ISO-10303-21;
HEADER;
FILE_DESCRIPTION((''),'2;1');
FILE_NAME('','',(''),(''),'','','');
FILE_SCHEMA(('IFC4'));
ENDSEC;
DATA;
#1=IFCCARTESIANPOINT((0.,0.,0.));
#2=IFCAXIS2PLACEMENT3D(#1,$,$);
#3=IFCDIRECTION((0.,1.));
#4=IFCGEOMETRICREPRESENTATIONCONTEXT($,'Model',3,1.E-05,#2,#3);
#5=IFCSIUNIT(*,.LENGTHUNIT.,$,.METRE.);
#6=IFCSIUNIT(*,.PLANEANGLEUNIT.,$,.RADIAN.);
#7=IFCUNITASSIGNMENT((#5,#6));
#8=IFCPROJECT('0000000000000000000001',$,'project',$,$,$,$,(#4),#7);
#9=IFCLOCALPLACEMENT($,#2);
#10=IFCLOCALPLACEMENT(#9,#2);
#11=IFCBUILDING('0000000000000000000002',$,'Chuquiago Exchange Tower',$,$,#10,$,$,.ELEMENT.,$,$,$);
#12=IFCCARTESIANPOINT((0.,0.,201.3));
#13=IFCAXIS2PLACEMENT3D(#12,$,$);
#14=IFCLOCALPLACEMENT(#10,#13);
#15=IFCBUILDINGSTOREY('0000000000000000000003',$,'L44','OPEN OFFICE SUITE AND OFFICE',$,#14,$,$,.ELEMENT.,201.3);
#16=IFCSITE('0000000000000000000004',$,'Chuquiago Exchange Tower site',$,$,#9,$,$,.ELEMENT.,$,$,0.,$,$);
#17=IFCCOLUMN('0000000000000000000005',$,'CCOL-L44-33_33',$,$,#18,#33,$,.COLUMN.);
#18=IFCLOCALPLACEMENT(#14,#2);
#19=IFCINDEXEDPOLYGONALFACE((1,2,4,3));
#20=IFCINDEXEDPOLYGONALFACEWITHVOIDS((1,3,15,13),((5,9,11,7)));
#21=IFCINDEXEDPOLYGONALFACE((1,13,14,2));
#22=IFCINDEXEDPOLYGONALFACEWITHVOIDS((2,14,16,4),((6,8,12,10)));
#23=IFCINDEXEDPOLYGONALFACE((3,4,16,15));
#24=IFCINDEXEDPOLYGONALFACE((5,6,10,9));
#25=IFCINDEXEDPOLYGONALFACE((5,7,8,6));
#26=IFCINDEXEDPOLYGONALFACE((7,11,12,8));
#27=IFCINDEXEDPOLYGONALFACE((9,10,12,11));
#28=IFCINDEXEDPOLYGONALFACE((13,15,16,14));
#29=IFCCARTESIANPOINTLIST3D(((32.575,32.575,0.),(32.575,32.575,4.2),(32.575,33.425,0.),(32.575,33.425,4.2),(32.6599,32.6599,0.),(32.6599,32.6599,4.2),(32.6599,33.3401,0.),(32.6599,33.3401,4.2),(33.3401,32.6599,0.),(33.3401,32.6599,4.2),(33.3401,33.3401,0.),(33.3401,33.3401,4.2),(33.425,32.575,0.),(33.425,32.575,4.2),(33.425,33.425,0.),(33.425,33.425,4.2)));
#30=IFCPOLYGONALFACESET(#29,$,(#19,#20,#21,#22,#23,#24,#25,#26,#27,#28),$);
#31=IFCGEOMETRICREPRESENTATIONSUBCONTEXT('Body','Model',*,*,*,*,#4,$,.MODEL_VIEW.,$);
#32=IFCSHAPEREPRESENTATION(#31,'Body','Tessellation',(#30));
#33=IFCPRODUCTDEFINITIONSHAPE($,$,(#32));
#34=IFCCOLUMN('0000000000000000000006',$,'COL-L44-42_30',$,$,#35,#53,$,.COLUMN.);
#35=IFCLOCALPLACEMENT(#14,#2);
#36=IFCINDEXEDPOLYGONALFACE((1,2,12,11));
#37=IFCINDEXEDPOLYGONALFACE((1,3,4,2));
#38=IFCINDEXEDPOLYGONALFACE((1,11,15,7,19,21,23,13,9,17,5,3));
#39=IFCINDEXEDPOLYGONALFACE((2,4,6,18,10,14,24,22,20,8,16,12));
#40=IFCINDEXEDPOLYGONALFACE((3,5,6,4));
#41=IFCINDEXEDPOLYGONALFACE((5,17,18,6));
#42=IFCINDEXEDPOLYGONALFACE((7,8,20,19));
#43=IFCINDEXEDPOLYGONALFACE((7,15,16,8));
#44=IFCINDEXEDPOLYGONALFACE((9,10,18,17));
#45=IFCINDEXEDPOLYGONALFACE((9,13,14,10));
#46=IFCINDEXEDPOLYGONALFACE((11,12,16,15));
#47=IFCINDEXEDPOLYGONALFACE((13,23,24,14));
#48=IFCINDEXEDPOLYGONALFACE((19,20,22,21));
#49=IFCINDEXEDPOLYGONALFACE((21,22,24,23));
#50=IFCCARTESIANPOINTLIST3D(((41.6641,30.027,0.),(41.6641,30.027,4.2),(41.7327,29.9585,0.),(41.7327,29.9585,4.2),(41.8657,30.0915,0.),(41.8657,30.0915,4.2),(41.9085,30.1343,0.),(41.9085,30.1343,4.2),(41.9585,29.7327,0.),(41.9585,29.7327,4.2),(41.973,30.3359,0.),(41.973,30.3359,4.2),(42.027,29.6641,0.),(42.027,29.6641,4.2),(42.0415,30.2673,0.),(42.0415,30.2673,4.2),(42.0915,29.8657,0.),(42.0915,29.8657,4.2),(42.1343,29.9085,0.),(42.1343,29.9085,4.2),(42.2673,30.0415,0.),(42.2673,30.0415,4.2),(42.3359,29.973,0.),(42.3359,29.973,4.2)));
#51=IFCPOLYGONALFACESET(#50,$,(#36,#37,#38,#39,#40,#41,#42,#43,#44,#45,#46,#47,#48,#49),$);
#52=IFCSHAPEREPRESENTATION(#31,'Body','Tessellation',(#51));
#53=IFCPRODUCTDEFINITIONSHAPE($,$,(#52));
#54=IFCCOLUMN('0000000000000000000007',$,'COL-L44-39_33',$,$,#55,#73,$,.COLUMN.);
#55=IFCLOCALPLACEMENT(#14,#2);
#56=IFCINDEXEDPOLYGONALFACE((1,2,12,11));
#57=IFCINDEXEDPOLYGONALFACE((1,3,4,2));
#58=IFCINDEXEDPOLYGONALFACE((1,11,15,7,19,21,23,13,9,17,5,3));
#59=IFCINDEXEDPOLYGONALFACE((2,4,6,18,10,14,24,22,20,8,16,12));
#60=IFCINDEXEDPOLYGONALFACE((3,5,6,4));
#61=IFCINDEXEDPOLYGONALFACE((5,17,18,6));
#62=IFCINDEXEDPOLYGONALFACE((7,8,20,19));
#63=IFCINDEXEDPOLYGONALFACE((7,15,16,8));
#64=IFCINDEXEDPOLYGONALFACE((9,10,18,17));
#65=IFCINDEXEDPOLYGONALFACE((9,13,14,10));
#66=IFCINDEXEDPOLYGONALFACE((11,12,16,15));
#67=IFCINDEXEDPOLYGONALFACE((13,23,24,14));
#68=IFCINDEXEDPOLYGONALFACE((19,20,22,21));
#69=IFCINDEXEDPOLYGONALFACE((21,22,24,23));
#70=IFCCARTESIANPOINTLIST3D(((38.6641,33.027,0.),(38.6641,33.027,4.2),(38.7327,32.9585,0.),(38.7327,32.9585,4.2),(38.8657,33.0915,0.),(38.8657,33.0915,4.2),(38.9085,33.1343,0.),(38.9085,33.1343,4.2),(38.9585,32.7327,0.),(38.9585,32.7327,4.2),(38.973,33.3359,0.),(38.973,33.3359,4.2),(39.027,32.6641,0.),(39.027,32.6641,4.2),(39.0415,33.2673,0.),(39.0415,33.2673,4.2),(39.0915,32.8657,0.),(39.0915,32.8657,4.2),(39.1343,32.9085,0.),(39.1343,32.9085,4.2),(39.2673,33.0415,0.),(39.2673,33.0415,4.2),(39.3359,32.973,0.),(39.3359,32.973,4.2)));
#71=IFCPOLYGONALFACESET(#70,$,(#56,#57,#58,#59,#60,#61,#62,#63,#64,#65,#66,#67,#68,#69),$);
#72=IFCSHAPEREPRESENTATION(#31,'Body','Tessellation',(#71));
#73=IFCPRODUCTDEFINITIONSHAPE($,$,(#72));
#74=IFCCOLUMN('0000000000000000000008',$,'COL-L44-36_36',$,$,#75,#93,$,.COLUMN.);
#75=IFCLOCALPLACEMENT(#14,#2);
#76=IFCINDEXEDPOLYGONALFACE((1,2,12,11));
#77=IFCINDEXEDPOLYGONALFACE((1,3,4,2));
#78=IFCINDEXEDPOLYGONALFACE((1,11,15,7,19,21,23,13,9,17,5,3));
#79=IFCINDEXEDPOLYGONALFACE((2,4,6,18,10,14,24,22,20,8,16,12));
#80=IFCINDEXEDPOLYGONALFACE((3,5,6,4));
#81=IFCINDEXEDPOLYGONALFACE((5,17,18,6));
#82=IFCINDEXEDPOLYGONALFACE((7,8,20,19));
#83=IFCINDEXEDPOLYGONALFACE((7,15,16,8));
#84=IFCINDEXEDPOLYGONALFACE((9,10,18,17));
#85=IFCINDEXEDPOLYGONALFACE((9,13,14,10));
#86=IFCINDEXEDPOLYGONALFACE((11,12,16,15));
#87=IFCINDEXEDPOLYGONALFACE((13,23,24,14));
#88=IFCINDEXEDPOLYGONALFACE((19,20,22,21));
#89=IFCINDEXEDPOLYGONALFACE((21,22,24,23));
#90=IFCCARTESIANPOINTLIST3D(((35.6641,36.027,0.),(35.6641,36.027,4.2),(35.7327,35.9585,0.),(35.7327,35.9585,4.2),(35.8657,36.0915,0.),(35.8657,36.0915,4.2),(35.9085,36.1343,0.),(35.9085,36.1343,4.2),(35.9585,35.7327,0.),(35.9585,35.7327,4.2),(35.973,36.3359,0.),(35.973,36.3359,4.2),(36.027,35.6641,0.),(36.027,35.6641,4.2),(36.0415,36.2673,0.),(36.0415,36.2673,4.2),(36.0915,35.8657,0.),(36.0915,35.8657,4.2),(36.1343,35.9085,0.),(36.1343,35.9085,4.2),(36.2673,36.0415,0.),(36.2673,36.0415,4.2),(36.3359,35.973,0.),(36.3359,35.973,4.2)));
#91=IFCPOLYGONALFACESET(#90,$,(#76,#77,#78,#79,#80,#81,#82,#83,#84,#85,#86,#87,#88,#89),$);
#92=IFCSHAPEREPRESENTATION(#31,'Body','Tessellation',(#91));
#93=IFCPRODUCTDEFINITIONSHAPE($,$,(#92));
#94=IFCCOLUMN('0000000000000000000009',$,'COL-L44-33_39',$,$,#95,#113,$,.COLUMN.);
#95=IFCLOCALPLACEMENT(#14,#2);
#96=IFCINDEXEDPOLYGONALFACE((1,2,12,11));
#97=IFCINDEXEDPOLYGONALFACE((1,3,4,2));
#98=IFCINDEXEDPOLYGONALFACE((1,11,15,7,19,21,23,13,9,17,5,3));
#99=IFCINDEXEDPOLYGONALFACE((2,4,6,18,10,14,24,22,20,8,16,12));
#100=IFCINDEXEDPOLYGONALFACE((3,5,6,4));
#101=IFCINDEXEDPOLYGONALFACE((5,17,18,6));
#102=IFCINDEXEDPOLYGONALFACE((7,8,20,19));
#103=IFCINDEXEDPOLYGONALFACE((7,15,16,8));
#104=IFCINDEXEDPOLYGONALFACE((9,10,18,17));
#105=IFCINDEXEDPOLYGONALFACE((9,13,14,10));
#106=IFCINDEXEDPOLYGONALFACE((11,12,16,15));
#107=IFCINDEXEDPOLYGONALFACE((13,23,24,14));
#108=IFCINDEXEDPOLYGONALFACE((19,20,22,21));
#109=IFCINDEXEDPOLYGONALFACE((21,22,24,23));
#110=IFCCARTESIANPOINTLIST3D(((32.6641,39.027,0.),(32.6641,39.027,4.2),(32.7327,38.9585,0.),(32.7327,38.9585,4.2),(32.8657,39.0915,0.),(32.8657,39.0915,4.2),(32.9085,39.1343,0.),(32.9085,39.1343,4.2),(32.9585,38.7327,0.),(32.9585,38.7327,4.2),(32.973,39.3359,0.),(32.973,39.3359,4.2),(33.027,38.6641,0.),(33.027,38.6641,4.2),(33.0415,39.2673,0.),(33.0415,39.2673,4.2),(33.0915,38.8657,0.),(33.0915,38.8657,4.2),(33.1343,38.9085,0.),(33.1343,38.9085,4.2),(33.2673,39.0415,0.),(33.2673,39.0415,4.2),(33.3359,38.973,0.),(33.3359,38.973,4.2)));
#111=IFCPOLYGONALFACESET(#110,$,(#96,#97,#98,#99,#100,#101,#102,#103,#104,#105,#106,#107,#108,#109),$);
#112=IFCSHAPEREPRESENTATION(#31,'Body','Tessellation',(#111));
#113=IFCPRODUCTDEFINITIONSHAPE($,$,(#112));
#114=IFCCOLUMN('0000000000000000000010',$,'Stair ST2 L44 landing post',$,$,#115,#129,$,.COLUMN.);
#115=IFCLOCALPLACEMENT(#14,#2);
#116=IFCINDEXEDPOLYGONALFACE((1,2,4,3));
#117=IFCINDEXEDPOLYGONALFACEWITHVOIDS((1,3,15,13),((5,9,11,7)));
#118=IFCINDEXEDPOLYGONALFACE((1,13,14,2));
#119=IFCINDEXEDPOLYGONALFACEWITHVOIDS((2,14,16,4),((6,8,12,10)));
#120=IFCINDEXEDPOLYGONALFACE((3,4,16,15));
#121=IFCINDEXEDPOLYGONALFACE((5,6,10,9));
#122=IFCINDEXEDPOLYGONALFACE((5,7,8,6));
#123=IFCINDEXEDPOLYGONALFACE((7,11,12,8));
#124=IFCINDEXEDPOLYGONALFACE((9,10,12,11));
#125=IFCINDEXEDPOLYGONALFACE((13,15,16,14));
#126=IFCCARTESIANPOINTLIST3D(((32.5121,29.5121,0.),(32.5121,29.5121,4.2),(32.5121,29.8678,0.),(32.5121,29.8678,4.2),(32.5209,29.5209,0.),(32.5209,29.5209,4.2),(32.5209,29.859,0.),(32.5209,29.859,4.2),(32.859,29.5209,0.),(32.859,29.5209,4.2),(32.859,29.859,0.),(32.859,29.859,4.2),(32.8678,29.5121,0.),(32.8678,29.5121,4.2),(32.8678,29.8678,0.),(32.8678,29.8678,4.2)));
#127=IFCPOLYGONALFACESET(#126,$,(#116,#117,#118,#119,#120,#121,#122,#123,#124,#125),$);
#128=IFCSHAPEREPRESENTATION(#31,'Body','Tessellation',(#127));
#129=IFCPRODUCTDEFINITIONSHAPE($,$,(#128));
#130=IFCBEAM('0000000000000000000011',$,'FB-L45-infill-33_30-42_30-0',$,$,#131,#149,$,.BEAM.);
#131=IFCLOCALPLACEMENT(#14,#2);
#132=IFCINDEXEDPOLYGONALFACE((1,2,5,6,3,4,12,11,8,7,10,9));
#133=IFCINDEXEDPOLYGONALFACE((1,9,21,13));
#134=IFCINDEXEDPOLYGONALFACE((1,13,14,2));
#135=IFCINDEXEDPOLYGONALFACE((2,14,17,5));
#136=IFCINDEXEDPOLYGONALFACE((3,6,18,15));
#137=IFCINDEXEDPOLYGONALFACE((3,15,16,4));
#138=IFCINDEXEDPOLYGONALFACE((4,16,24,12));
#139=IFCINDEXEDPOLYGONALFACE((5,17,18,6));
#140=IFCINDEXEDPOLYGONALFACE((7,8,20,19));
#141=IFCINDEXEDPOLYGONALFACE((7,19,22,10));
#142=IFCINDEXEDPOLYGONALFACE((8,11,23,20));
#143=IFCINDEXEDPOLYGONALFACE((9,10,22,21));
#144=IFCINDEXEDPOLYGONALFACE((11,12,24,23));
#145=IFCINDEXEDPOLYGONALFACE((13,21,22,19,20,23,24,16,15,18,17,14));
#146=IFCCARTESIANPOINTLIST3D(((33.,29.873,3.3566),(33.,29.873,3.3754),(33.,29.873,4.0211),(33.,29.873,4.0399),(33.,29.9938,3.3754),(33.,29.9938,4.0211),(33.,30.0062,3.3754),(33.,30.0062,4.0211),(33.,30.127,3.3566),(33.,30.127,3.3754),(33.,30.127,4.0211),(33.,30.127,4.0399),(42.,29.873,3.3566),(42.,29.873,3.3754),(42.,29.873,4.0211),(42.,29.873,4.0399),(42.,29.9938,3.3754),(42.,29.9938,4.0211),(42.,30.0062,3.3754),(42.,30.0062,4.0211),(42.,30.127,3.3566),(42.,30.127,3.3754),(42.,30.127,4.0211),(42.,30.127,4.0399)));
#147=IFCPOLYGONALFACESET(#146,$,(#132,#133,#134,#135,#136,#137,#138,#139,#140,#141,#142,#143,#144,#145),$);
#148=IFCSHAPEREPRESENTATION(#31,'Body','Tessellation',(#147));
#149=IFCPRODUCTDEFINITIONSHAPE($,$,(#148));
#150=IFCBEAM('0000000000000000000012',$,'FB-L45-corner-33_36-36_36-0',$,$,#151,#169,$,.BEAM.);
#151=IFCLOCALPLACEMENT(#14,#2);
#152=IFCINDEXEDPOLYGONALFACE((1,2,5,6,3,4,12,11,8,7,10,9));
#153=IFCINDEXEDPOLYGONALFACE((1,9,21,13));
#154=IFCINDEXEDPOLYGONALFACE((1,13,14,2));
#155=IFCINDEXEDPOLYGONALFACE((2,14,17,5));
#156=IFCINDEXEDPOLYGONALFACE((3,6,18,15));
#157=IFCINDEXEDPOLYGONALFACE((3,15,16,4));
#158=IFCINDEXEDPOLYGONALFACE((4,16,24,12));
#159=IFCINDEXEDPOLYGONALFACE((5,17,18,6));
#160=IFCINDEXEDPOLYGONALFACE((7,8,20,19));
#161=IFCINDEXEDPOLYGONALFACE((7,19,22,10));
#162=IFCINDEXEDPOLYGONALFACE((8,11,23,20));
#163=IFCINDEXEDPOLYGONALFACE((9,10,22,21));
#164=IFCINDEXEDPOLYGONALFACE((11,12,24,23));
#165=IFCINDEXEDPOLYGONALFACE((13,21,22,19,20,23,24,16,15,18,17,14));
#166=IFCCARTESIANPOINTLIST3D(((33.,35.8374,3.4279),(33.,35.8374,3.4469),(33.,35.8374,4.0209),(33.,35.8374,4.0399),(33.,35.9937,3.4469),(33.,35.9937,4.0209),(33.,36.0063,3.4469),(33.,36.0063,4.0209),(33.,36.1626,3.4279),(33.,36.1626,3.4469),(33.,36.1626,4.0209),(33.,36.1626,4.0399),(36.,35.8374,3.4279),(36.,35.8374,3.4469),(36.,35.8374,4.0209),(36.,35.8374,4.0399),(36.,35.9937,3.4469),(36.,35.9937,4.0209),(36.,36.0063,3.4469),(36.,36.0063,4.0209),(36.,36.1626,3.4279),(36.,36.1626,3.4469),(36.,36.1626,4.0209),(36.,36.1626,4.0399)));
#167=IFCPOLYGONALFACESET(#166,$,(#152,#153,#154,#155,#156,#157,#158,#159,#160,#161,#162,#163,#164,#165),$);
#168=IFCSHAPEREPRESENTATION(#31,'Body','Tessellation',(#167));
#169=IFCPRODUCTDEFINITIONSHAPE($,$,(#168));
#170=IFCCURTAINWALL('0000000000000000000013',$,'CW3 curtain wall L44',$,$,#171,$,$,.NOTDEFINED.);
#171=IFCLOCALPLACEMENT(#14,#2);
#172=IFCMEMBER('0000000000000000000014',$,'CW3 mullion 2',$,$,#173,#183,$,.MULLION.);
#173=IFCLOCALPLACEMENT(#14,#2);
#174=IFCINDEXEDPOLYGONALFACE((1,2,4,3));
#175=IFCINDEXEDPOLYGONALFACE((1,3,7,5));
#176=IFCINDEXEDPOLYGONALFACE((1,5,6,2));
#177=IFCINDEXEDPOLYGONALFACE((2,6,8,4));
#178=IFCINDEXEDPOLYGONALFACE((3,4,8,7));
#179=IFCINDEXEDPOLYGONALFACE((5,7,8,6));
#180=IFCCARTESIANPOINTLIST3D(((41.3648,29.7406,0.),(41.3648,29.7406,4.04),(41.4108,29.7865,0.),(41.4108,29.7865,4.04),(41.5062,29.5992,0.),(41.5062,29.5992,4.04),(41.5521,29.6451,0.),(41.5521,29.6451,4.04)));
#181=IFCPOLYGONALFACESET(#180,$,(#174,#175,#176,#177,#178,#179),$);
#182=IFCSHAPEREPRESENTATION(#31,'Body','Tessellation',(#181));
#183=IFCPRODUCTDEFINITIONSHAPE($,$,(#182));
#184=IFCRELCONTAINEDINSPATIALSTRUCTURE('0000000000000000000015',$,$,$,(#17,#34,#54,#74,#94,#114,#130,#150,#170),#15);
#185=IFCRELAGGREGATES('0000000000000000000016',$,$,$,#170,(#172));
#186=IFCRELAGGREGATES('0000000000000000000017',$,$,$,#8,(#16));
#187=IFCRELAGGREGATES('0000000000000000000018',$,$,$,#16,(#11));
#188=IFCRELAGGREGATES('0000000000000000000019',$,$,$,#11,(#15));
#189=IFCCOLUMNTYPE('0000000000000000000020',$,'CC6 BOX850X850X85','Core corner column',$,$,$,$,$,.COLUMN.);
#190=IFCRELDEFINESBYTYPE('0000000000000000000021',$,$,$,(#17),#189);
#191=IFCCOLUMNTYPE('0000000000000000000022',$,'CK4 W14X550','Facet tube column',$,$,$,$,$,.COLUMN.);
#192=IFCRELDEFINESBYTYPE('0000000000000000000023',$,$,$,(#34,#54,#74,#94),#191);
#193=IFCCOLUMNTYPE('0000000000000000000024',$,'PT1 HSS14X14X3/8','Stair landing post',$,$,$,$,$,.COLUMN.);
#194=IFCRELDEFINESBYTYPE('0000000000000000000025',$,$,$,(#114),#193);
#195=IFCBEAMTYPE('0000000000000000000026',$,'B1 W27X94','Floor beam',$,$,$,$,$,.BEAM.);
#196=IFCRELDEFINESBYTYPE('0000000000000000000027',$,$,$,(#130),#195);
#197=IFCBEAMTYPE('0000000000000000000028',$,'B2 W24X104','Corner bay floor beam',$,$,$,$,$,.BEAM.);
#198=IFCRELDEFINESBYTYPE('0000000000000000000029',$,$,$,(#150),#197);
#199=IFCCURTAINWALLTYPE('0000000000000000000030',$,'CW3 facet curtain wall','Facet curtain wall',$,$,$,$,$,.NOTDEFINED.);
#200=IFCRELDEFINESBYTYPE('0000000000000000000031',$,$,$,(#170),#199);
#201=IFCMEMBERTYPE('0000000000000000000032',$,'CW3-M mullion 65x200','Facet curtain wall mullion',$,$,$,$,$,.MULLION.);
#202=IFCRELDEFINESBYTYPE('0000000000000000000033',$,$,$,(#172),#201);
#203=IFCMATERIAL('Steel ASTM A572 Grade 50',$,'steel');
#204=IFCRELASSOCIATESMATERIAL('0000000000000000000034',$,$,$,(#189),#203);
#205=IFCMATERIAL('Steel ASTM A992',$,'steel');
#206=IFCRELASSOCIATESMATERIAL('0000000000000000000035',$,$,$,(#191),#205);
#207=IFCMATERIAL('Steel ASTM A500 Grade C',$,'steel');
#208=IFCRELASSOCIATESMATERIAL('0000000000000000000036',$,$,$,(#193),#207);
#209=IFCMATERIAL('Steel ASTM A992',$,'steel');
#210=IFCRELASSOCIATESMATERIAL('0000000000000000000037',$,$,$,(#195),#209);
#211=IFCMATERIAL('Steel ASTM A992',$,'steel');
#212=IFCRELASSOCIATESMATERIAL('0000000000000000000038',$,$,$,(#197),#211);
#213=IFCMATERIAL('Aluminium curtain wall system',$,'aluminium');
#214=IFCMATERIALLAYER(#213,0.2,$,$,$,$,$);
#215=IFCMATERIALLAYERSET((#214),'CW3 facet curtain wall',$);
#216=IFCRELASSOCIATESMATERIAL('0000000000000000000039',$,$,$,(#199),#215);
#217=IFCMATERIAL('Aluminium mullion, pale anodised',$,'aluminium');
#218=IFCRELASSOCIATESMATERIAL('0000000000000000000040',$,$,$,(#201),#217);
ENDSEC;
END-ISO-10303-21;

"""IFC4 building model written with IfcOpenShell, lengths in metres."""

from ifc_helpers import new_model, si_unit, direction, frame, origin, origin_2d, place, context, subcontext, project, spatial, rectangle, hollow_rectangle, i_section, extrude, material, layer, layer_set, material_profile, profile_set, type_object, element, aggregate, save


model = new_model("IFC4")

# Units and contexts
model_context = context("Model", 3, precision=1e-05, world=origin(), true_north=direction((0.0, 1.0)))
body_context = subcontext(model_context, "Body", "Model", "MODEL_VIEW")
ifc_project = project(units=[si_unit("LENGTHUNIT", "METRE"), si_unit("PLANEANGLEUNIT", "RADIAN")], contexts=[model_context])

# Site, building, storey
site_placement = place(None, origin())
site = spatial("IfcSite", under=ifc_project, at=site_placement, Name="Chuquiago Exchange Tower site", CompositionType="ELEMENT", RefElevation=0.0)
building_placement = place(site_placement, origin())
building = spatial("IfcBuilding", under=site, at=building_placement, Name="Chuquiago Exchange Tower", CompositionType="ELEMENT")
storey_placement = place(building_placement, frame((0.0, 0.0, 201.3)))
storey = spatial("IfcBuildingStorey", under=building, at=storey_placement, Name="L44", Description="OPEN OFFICE SUITE AND OFFICE", CompositionType="ELEMENT", Elevation=201.3)

# Columns
ifc_material_1 = material(Name="Steel ASTM A572 Grade 50", Category="steel")
ifc_material_profile_1 = material_profile(ifc_material_1, hollow_rectangle(XDim=0.8501, YDim=0.8501, WallThickness=0.085, at=origin_2d()), Name="BOX850X850X85")
ifc_profile_set_1 = profile_set([ifc_material_profile_1], Name="Steel ASTM A572 Grade 50")
column_type_1 = type_object("IfcColumnType", Name="CC6 BOX850X850X85", Description="Core corner column", PredefinedType="COLUMN", material=ifc_profile_set_1)
column_1_placement = place(storey_placement, frame((33.0, 33.0, 0.0), z_axis=(0.0, 0.0, 1.0), x_axis=(1.0, 0.0, 0.0)))
element("IfcColumn", 1, at=column_1_placement, inside=storey, type_object=column_type_1, Name="CCOL-L44-33_33", PredefinedType="COLUMN", context=body_context, shape_type="SweptSolid", body=[
    extrude(hollow_rectangle(XDim=0.8501, YDim=0.8501, WallThickness=0.085, at=origin_2d()), origin(), (0.0, 0.0, 1.0), 4.2),
])
ifc_material_2 = material(Name="Steel ASTM A992", Category="steel")
ifc_material_profile_2 = material_profile(ifc_material_2, i_section(OverallWidth=0.4368, OverallDepth=0.5132, WebThickness=0.0605, FlangeThickness=0.0969, at=origin_2d()), Name="W14X550")
ifc_profile_set_2 = profile_set([ifc_material_profile_2], Name="Steel ASTM A992")
column_type_2 = type_object("IfcColumnType", Name="CK4 W14X550", Description="Facet tube column", PredefinedType="COLUMN", material=ifc_profile_set_2)
for number, where, z_axis, x_axis, name in (
    (2, (42.0, 30.0, 0.0), (0.0, 0.0, 1.0), (0.707107, 0.707107, 0.0), "COL-L44-42_30"),
    (3, (39.0, 33.0, 0.0), (0.0, 0.0, 1.0), (0.707107, 0.707107, 0.0), "COL-L44-39_33"),
    (4, (36.0, 36.0, 0.0), (0.0, 0.0, 1.0), (0.707107, 0.707107, 0.0), "COL-L44-36_36"),
    (5, (33.0, 39.0, 0.0), (0.0, 0.0, 1.0), (0.707107, 0.707107, 0.0), "COL-L44-33_39"),
):
    element("IfcColumn", number, at=place(storey_placement, frame(where, z_axis=z_axis, x_axis=x_axis)), inside=storey, type_object=column_type_2, Name=name, PredefinedType="COLUMN", context=body_context, shape_type="SweptSolid", body=[
        extrude(i_section(OverallWidth=0.4368, OverallDepth=0.5132, WebThickness=0.0605, FlangeThickness=0.0969, at=origin_2d()), origin(), (0.0, 0.0, 1.0), 4.2),
    ])
ifc_material_3 = material(Name="Steel ASTM A500 Grade C", Category="steel")
ifc_material_profile_3 = material_profile(ifc_material_3, hollow_rectangle(XDim=0.3557, YDim=0.3557, WallThickness=0.0088, at=origin_2d()), Name="HSS14X14X3/8")
ifc_profile_set_3 = profile_set([ifc_material_profile_3], Name="Steel ASTM A500 Grade C")
column_type_3 = type_object("IfcColumnType", Name="PT1 HSS14X14X3/8", Description="Stair landing post", PredefinedType="COLUMN", material=ifc_profile_set_3)
column_2_placement = place(storey_placement, frame((32.6899, 29.6899, 0.0), z_axis=(0.0, 0.0, 1.0), x_axis=(1.0, 0.0, 0.0)))
element("IfcColumn", 6, at=column_2_placement, inside=storey, type_object=column_type_3, Name="Stair ST2 L44 landing post", PredefinedType="COLUMN", context=body_context, shape_type="SweptSolid", body=[
    extrude(hollow_rectangle(XDim=0.3557, YDim=0.3557, WallThickness=0.0088, at=origin_2d()), origin(), (0.0, 0.0, 1.0), 4.2),
])

# Beams
ifc_material_4 = material(Name="Steel ASTM A992", Category="steel")
ifc_material_profile_4 = material_profile(ifc_material_4, i_section(OverallWidth=0.2539, OverallDepth=0.6833, WebThickness=0.0125, FlangeThickness=0.0188, at=origin_2d()), Name="W27X94")
ifc_profile_set_4 = profile_set([ifc_material_profile_4], Name="Steel ASTM A992")
beam_type_1 = type_object("IfcBeamType", Name="B1 W27X94", Description="Floor beam", PredefinedType="BEAM", material=ifc_profile_set_4)
beam_1_placement = place(storey_placement, frame((33.0, 30.0, 3.6982), z_axis=(1.0, 0.0, 0.0), x_axis=(0.0, 1.0, 0.0)))
element("IfcBeam", 7, at=beam_1_placement, inside=storey, type_object=beam_type_1, Name="FB-L45-infill-33_30-42_30-0", PredefinedType="BEAM", context=body_context, shape_type="SweptSolid", body=[
    extrude(i_section(OverallWidth=0.2539, OverallDepth=0.6833, WebThickness=0.0125, FlangeThickness=0.0188, at=origin_2d()), origin(), (0.0, 0.0, 1.0), 9.0),
])
ifc_material_5 = material(Name="Steel ASTM A992", Category="steel")
ifc_material_profile_5 = material_profile(ifc_material_5, i_section(OverallWidth=0.3252, OverallDepth=0.6121, WebThickness=0.0127, FlangeThickness=0.019, at=origin_2d()), Name="W24X104")
ifc_profile_set_5 = profile_set([ifc_material_profile_5], Name="Steel ASTM A992")
beam_type_2 = type_object("IfcBeamType", Name="B2 W24X104", Description="Corner bay floor beam", PredefinedType="BEAM", material=ifc_profile_set_5)
beam_2_placement = place(storey_placement, frame((33.0, 36.0, 3.7339), z_axis=(1.0, 0.0, 0.0), x_axis=(0.0, 1.0, 0.0)))
element("IfcBeam", 8, at=beam_2_placement, inside=storey, type_object=beam_type_2, Name="FB-L45-corner-33_36-36_36-0", PredefinedType="BEAM", context=body_context, shape_type="SweptSolid", body=[
    extrude(i_section(OverallWidth=0.3252, OverallDepth=0.6121, WebThickness=0.0127, FlangeThickness=0.019, at=origin_2d()), origin(), (0.0, 0.0, 1.0), 3.0),
])

# Curtain wall, member
ifc_material_6 = material(Name="Aluminium curtain wall system", Category="aluminium")
ifc_layer_1 = layer(ifc_material_6, 0.2)
ifc_layer_set_1 = layer_set([ifc_layer_1], Name="CW3 facet curtain wall")
curtain_wall_type = type_object("IfcCurtainWallType", Name="CW3 facet curtain wall", Description="Facet curtain wall", PredefinedType="NOTDEFINED", material=ifc_layer_set_1)
curtain_wall_placement = place(storey_placement, origin())
curtain_wall = element("IfcCurtainWall", 9, at=curtain_wall_placement, inside=storey, type_object=curtain_wall_type, Name="CW3 curtain wall L44", PredefinedType="NOTDEFINED")
ifc_material_7 = material(Name="Aluminium mullion, pale anodised", Category="aluminium")
ifc_material_profile_6 = material_profile(ifc_material_7, rectangle(XDim=0.0649, YDim=0.2, at=origin_2d()), Name="AL 65x200")
ifc_profile_set_6 = profile_set([ifc_material_profile_6], Name="Aluminium mullion, pale anodised")
member_type_1 = type_object("IfcMemberType", Name="CW3-M mullion 65x200", Description="Facet curtain wall mullion", PredefinedType="MULLION", material=ifc_profile_set_6)
member_1_placement = place(storey_placement, frame((41.4585, 29.6929, 0.0), z_axis=(0.0, 0.0, 1.0), x_axis=(-0.707107, -0.707107, 0.0)))
member_1 = element("IfcMember", 10, at=member_1_placement, type_object=member_type_1, Name="CW3 mullion 2", PredefinedType="MULLION", context=body_context, shape_type="SweptSolid", body=[
    extrude(rectangle(XDim=0.0649, YDim=0.2, at=origin_2d()), origin(), (0.0, 0.0, 1.0), 4.04),
])

aggregate(curtain_wall, [member_1])

save(model, "model.ifc")
